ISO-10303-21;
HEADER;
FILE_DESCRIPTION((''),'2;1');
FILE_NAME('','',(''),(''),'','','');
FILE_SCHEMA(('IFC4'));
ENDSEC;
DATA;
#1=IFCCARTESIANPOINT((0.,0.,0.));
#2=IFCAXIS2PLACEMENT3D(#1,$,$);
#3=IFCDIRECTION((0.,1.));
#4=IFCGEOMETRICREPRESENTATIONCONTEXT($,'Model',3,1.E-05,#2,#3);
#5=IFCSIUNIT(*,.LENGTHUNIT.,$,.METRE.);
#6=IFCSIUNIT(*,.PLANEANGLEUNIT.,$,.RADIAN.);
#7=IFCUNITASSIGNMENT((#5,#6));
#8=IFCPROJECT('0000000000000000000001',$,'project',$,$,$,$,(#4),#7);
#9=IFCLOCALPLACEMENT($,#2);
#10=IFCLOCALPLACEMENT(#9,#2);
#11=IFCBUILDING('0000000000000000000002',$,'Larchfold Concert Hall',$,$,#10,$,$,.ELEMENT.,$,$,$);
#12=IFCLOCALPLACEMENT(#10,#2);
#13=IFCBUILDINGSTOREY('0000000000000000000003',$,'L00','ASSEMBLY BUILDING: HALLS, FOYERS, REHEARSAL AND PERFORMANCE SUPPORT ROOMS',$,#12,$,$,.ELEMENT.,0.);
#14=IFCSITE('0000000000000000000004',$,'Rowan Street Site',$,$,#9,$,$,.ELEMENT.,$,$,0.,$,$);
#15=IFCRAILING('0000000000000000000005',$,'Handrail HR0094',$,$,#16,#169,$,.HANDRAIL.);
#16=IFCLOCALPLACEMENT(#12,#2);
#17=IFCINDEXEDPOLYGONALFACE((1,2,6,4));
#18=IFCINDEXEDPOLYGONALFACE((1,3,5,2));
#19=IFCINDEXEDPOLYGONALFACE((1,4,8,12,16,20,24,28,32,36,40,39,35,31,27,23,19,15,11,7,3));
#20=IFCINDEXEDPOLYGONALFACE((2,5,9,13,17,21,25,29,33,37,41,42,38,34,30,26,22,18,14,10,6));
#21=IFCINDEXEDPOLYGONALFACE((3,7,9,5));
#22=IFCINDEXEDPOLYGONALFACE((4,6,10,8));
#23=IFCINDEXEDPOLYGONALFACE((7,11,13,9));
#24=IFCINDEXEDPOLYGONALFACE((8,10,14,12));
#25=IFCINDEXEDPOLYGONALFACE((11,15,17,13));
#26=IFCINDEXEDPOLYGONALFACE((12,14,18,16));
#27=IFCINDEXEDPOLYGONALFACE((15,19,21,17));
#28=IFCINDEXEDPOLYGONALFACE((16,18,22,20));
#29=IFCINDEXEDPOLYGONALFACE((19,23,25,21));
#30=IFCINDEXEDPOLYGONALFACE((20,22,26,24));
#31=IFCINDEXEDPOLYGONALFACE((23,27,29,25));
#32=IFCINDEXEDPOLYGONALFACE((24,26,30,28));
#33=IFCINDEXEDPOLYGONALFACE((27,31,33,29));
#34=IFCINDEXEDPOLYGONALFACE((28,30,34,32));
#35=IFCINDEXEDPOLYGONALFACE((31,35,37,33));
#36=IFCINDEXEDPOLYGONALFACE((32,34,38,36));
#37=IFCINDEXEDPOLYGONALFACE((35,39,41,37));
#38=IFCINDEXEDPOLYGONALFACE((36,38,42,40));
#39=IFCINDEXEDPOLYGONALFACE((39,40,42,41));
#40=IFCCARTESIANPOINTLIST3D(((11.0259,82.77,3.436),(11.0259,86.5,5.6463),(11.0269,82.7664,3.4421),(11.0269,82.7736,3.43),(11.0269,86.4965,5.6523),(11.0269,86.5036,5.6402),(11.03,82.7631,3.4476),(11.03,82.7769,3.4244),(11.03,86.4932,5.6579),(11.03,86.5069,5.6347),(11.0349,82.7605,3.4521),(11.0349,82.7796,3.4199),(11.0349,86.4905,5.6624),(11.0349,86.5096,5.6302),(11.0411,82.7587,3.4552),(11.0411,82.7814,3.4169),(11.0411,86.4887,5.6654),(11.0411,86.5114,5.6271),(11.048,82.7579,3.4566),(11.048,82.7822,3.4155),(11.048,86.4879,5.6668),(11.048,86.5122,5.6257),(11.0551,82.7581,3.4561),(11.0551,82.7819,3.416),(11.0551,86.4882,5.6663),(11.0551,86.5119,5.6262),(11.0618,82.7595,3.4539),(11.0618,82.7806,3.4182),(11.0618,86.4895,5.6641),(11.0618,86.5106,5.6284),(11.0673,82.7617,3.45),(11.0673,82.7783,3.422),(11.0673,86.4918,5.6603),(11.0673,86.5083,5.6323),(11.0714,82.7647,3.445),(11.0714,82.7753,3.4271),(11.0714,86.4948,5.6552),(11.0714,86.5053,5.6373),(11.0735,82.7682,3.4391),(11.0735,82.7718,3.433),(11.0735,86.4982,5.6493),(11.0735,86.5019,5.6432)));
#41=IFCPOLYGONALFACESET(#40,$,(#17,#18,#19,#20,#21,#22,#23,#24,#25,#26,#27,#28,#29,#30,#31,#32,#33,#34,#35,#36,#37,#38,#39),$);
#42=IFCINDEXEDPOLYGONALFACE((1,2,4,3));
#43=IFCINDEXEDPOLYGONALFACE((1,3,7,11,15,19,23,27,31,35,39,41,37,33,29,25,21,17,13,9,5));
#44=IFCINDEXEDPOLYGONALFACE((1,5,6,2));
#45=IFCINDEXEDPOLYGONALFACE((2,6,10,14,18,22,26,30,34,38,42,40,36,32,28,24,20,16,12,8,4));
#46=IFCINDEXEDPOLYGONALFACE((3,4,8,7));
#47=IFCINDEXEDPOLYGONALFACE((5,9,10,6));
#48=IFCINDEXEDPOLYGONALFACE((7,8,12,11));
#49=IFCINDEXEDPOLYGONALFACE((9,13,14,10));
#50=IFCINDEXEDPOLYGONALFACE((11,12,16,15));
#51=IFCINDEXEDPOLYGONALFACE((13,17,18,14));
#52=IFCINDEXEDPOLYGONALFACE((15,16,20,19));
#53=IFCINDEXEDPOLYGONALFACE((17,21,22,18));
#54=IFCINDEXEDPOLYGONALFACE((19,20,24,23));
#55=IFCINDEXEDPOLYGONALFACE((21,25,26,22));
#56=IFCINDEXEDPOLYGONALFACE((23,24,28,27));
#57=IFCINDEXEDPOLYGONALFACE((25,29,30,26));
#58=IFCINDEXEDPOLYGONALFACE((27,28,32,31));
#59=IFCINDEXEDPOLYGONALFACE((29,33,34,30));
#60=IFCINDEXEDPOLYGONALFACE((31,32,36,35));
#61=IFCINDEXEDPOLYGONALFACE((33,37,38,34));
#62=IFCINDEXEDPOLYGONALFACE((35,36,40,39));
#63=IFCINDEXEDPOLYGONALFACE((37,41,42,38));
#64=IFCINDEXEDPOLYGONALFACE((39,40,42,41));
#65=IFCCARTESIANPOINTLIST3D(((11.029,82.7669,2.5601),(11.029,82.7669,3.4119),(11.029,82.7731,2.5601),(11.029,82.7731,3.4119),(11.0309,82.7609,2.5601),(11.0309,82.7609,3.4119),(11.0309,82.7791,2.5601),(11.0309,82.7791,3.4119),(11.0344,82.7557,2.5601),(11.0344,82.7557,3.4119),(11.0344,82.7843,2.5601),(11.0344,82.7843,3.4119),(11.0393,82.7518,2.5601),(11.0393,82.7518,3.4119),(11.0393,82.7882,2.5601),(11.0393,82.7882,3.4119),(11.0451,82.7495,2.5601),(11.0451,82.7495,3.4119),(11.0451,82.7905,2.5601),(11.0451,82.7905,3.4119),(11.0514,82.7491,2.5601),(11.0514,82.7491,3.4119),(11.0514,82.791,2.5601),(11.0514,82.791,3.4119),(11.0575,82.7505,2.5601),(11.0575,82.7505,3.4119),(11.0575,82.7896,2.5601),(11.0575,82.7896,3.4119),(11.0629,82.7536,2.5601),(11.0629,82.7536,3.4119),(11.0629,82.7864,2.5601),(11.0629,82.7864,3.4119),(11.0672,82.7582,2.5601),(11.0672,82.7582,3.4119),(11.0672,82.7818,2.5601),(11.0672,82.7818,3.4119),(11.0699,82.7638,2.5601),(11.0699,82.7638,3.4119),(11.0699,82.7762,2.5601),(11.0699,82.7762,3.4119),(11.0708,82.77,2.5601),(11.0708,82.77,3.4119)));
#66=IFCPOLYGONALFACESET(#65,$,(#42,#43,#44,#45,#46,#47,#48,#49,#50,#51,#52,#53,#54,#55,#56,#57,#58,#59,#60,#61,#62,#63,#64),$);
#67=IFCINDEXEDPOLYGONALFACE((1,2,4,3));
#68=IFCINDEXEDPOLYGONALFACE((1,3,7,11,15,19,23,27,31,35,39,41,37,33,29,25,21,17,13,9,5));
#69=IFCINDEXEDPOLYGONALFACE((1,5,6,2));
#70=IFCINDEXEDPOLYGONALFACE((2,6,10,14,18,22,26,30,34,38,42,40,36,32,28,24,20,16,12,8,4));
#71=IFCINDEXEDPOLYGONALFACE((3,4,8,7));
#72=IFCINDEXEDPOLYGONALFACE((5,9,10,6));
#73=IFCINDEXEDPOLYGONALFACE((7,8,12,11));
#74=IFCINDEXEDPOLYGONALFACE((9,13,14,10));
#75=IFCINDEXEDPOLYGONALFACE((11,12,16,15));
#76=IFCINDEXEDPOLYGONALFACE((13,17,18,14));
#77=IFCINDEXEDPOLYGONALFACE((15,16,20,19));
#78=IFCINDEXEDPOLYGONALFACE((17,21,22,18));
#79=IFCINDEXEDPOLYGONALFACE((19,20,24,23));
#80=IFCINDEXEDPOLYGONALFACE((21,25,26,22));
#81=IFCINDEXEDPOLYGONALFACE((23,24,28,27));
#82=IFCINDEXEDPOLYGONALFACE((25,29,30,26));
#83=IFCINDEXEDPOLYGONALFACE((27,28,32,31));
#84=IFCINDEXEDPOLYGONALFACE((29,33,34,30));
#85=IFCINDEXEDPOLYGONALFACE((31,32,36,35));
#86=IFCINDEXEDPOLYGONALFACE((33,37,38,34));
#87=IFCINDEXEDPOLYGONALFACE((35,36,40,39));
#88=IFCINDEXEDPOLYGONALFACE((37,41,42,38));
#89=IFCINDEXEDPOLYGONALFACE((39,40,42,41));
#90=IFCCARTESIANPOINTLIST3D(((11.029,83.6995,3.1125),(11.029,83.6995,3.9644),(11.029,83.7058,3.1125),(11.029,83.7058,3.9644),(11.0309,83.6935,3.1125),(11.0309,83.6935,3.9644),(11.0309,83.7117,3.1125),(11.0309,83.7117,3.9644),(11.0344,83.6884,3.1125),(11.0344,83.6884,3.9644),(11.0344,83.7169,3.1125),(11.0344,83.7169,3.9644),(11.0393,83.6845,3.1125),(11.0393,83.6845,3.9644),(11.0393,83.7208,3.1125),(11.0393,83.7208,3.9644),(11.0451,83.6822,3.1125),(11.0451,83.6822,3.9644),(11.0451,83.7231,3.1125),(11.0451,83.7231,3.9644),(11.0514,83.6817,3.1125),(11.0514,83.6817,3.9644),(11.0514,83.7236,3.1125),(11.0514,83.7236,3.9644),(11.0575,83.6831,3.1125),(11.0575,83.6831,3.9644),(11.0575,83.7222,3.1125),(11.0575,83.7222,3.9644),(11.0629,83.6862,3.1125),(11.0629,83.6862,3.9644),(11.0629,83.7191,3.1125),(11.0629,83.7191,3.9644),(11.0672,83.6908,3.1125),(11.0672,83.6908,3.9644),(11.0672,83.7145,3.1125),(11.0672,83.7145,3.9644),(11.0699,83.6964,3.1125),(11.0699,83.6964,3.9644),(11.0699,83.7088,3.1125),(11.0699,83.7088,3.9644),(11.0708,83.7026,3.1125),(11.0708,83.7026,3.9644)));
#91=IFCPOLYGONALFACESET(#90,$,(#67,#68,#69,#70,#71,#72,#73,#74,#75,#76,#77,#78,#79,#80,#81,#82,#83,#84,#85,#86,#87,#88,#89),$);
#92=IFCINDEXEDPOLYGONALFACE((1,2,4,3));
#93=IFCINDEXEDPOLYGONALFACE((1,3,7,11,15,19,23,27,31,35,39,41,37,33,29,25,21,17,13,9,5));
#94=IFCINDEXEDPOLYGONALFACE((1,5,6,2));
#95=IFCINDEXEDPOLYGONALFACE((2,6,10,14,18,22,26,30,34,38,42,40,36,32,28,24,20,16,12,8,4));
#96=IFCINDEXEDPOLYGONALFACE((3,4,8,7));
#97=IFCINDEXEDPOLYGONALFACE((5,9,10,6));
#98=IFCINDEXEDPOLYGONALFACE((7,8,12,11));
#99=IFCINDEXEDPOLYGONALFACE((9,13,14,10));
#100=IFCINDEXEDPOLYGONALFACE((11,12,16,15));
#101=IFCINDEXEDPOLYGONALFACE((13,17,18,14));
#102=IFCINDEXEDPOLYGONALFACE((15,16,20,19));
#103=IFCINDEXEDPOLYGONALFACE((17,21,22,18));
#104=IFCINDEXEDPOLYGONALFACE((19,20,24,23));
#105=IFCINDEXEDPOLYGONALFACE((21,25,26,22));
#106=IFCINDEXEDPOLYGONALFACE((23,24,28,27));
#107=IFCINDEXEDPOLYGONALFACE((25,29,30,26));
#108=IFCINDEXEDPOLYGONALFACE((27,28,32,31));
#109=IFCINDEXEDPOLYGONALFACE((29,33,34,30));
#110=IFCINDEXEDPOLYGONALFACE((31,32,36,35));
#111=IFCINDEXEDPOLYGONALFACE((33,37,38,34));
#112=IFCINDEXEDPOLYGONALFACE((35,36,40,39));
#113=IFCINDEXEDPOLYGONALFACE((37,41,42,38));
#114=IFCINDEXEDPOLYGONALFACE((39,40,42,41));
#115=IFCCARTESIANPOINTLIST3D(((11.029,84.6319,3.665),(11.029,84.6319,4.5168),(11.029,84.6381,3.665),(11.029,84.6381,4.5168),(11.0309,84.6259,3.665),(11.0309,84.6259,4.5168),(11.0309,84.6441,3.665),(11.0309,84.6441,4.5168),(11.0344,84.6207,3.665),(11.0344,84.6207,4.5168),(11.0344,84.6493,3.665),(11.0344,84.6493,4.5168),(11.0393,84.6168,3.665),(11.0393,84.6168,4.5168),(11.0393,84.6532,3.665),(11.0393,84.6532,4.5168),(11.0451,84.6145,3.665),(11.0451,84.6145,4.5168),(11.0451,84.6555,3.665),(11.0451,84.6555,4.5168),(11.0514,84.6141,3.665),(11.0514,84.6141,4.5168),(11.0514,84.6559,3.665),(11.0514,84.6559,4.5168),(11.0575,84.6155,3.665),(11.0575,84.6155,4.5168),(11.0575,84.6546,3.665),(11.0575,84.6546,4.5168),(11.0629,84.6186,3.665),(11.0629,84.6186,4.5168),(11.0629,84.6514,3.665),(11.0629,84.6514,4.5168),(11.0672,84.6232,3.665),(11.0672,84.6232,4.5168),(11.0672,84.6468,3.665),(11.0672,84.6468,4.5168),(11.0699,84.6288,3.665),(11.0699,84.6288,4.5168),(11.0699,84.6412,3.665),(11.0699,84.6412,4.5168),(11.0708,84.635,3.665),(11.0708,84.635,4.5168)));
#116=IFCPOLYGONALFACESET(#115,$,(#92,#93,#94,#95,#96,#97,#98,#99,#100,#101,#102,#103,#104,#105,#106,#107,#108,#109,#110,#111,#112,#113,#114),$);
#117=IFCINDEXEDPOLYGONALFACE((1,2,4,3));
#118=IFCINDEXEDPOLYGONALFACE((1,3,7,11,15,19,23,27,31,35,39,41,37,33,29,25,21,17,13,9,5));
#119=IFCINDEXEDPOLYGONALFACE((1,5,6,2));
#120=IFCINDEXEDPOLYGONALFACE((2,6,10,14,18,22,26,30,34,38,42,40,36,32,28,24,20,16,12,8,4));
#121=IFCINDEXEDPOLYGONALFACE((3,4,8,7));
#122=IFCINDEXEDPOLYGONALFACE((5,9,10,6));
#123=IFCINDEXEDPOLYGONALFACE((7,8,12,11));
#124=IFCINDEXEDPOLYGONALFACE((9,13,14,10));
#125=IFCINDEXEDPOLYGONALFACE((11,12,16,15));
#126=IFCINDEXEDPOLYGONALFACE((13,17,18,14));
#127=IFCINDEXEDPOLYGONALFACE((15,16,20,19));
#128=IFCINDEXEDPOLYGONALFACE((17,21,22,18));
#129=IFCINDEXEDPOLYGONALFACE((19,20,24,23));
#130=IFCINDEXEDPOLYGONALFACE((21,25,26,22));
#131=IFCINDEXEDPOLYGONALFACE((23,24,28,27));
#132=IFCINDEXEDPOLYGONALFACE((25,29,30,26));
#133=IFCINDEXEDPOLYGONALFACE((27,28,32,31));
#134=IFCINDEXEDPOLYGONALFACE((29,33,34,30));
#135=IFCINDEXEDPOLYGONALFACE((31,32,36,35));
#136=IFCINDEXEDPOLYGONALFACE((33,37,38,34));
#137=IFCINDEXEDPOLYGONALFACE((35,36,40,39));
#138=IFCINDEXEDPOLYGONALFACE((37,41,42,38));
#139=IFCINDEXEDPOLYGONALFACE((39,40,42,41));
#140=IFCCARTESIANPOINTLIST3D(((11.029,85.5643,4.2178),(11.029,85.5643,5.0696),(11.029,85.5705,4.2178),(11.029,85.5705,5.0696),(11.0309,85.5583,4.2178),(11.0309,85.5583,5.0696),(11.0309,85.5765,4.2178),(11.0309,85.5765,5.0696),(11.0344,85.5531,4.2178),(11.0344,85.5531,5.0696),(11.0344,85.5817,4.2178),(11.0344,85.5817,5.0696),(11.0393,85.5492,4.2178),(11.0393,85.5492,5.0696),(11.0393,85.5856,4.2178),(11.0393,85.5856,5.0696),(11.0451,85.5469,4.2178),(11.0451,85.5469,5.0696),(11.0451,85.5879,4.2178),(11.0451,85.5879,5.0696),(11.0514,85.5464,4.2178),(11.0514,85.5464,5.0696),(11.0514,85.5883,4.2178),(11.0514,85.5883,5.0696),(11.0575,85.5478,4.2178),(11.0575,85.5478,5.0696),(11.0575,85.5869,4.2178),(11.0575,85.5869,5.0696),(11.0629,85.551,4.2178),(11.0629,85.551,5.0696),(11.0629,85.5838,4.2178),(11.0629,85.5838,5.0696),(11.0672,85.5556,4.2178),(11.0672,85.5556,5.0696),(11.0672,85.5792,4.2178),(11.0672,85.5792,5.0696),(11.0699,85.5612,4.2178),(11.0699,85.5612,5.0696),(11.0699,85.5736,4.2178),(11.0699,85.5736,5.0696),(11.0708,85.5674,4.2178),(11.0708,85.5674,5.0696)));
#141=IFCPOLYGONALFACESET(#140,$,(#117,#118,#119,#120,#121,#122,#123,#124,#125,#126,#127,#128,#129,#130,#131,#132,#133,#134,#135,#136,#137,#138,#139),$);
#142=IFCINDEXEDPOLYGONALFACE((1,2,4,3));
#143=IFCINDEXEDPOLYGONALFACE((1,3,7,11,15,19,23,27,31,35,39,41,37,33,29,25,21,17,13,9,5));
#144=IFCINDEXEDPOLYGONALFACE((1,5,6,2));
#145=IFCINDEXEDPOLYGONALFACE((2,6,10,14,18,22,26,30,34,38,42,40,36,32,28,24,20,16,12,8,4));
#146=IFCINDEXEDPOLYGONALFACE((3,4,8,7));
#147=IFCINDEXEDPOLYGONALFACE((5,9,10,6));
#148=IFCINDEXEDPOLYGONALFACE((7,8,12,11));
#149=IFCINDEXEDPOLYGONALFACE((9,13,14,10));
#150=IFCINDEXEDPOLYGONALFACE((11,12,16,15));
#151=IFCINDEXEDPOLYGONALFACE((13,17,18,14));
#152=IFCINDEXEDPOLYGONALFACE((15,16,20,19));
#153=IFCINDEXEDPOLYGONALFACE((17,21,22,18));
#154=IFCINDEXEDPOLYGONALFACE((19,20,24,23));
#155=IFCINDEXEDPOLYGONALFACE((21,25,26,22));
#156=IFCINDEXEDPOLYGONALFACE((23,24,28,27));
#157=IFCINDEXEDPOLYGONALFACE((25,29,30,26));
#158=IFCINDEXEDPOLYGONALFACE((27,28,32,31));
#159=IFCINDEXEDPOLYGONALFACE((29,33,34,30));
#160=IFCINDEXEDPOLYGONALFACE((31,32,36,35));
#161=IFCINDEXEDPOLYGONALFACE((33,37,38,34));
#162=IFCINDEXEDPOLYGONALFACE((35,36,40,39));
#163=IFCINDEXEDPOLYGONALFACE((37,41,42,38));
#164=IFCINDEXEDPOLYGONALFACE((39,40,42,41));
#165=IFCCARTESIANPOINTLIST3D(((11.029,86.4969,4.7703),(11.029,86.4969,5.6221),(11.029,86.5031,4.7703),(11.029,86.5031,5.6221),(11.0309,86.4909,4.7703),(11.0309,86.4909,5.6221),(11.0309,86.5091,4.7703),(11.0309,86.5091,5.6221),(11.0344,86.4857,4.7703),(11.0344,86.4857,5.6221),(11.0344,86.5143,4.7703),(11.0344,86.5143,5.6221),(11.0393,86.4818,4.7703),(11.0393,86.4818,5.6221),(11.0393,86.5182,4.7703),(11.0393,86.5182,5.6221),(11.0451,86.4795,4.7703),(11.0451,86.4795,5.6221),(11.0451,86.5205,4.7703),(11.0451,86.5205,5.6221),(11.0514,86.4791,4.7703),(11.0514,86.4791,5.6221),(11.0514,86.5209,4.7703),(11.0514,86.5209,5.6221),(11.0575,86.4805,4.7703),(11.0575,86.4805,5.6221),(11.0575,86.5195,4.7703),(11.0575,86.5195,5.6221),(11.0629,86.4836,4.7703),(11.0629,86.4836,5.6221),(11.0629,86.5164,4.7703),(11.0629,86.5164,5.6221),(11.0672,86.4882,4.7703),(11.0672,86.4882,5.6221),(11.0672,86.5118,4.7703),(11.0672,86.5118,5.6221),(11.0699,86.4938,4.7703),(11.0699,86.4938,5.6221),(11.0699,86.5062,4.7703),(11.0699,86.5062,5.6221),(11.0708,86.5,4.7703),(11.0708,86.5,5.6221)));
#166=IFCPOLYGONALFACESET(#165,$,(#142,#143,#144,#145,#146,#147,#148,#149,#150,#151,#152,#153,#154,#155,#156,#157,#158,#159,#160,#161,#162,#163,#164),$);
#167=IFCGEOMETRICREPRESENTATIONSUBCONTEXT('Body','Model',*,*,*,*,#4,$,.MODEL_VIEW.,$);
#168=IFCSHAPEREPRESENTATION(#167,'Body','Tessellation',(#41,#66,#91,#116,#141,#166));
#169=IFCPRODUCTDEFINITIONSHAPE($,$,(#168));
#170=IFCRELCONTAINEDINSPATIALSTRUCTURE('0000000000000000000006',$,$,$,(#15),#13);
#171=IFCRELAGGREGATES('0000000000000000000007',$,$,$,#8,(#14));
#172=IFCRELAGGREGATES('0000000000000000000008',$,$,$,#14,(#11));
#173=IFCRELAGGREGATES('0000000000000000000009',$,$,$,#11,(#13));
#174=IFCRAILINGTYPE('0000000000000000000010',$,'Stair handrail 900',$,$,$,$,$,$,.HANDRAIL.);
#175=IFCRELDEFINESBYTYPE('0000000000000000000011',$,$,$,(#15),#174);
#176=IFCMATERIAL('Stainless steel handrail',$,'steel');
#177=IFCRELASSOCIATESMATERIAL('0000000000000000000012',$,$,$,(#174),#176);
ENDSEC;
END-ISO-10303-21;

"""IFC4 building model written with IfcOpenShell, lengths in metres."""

from ifc_helpers import new_model, si_unit, direction, frame, origin, origin_2d, place, context, subcontext, project, spatial, circle, extrude, material, type_object, element, save


model = new_model("IFC4")

# Units and contexts
model_context = context("Model", 3, precision=1e-05, world=origin(), true_north=direction((0.0, 1.0)))
body_context = subcontext(model_context, "Body", "Model", "MODEL_VIEW")
ifc_project = project(units=[si_unit("LENGTHUNIT", "METRE"), si_unit("PLANEANGLEUNIT", "RADIAN")], contexts=[model_context])

# Site, building, storey
site_placement = place(None, origin())
site = spatial("IfcSite", under=ifc_project, at=site_placement, Name="Rowan Street Site", CompositionType="ELEMENT", RefElevation=0.0)
building_placement = place(site_placement, origin())
building = spatial("IfcBuilding", under=site, at=building_placement, Name="Larchfold Concert Hall", CompositionType="ELEMENT")
storey_placement = place(building_placement, origin())
storey = spatial("IfcBuildingStorey", under=building, at=storey_placement, Name="L00", Description="ASSEMBLY BUILDING: HALLS, FOYERS, REHEARSAL AND PERFORMANCE SUPPORT ROOMS", CompositionType="ELEMENT", Elevation=0.0)

# Railing
ifc_material_1 = material(Name="Stainless steel handrail", Category="steel")
railing_type = type_object("IfcRailingType", Name="Stair handrail 900", PredefinedType="HANDRAIL", material=ifc_material_1)
railing_placement = place(storey_placement, frame((11.0498, 82.77, 2.5601)))
element("IfcRailing", 1, at=railing_placement, inside=storey, type_object=railing_type, Name="Handrail HR0094", PredefinedType="HANDRAIL", context=body_context, shape_type="SweptSolid", body=[
    extrude(circle(Radius=0.0239, at=origin_2d()), frame((0.0, 0.0, 0.876), z_axis=(0.0, 0.860307, 0.509776), x_axis=(-1.0, 0.0, 0.0)), (0.0, 0.0, 1.0), 4.3357),
    extrude(circle(Radius=0.021, at=origin_2d()), origin(), (0.0, 0.0, 1.0), 0.8518),
    extrude(circle(Radius=0.021, at=origin_2d()), frame((0.0, 0.9326, 0.5525)), (0.0, 0.0, 1.0), 0.8518),
    extrude(circle(Radius=0.021, at=origin_2d()), frame((0.0, 1.865, 1.105)), (0.0, 0.0, 1.0), 0.8518),
    extrude(circle(Radius=0.021, at=origin_2d()), frame((0.0, 2.7974, 1.6577)), (0.0, 0.0, 1.0), 0.8518),
    extrude(circle(Radius=0.021, at=origin_2d()), frame((0.0, 3.73, 2.2102)), (0.0, 0.0, 1.0), 0.8518),
])

save(model, "model.ifc")
